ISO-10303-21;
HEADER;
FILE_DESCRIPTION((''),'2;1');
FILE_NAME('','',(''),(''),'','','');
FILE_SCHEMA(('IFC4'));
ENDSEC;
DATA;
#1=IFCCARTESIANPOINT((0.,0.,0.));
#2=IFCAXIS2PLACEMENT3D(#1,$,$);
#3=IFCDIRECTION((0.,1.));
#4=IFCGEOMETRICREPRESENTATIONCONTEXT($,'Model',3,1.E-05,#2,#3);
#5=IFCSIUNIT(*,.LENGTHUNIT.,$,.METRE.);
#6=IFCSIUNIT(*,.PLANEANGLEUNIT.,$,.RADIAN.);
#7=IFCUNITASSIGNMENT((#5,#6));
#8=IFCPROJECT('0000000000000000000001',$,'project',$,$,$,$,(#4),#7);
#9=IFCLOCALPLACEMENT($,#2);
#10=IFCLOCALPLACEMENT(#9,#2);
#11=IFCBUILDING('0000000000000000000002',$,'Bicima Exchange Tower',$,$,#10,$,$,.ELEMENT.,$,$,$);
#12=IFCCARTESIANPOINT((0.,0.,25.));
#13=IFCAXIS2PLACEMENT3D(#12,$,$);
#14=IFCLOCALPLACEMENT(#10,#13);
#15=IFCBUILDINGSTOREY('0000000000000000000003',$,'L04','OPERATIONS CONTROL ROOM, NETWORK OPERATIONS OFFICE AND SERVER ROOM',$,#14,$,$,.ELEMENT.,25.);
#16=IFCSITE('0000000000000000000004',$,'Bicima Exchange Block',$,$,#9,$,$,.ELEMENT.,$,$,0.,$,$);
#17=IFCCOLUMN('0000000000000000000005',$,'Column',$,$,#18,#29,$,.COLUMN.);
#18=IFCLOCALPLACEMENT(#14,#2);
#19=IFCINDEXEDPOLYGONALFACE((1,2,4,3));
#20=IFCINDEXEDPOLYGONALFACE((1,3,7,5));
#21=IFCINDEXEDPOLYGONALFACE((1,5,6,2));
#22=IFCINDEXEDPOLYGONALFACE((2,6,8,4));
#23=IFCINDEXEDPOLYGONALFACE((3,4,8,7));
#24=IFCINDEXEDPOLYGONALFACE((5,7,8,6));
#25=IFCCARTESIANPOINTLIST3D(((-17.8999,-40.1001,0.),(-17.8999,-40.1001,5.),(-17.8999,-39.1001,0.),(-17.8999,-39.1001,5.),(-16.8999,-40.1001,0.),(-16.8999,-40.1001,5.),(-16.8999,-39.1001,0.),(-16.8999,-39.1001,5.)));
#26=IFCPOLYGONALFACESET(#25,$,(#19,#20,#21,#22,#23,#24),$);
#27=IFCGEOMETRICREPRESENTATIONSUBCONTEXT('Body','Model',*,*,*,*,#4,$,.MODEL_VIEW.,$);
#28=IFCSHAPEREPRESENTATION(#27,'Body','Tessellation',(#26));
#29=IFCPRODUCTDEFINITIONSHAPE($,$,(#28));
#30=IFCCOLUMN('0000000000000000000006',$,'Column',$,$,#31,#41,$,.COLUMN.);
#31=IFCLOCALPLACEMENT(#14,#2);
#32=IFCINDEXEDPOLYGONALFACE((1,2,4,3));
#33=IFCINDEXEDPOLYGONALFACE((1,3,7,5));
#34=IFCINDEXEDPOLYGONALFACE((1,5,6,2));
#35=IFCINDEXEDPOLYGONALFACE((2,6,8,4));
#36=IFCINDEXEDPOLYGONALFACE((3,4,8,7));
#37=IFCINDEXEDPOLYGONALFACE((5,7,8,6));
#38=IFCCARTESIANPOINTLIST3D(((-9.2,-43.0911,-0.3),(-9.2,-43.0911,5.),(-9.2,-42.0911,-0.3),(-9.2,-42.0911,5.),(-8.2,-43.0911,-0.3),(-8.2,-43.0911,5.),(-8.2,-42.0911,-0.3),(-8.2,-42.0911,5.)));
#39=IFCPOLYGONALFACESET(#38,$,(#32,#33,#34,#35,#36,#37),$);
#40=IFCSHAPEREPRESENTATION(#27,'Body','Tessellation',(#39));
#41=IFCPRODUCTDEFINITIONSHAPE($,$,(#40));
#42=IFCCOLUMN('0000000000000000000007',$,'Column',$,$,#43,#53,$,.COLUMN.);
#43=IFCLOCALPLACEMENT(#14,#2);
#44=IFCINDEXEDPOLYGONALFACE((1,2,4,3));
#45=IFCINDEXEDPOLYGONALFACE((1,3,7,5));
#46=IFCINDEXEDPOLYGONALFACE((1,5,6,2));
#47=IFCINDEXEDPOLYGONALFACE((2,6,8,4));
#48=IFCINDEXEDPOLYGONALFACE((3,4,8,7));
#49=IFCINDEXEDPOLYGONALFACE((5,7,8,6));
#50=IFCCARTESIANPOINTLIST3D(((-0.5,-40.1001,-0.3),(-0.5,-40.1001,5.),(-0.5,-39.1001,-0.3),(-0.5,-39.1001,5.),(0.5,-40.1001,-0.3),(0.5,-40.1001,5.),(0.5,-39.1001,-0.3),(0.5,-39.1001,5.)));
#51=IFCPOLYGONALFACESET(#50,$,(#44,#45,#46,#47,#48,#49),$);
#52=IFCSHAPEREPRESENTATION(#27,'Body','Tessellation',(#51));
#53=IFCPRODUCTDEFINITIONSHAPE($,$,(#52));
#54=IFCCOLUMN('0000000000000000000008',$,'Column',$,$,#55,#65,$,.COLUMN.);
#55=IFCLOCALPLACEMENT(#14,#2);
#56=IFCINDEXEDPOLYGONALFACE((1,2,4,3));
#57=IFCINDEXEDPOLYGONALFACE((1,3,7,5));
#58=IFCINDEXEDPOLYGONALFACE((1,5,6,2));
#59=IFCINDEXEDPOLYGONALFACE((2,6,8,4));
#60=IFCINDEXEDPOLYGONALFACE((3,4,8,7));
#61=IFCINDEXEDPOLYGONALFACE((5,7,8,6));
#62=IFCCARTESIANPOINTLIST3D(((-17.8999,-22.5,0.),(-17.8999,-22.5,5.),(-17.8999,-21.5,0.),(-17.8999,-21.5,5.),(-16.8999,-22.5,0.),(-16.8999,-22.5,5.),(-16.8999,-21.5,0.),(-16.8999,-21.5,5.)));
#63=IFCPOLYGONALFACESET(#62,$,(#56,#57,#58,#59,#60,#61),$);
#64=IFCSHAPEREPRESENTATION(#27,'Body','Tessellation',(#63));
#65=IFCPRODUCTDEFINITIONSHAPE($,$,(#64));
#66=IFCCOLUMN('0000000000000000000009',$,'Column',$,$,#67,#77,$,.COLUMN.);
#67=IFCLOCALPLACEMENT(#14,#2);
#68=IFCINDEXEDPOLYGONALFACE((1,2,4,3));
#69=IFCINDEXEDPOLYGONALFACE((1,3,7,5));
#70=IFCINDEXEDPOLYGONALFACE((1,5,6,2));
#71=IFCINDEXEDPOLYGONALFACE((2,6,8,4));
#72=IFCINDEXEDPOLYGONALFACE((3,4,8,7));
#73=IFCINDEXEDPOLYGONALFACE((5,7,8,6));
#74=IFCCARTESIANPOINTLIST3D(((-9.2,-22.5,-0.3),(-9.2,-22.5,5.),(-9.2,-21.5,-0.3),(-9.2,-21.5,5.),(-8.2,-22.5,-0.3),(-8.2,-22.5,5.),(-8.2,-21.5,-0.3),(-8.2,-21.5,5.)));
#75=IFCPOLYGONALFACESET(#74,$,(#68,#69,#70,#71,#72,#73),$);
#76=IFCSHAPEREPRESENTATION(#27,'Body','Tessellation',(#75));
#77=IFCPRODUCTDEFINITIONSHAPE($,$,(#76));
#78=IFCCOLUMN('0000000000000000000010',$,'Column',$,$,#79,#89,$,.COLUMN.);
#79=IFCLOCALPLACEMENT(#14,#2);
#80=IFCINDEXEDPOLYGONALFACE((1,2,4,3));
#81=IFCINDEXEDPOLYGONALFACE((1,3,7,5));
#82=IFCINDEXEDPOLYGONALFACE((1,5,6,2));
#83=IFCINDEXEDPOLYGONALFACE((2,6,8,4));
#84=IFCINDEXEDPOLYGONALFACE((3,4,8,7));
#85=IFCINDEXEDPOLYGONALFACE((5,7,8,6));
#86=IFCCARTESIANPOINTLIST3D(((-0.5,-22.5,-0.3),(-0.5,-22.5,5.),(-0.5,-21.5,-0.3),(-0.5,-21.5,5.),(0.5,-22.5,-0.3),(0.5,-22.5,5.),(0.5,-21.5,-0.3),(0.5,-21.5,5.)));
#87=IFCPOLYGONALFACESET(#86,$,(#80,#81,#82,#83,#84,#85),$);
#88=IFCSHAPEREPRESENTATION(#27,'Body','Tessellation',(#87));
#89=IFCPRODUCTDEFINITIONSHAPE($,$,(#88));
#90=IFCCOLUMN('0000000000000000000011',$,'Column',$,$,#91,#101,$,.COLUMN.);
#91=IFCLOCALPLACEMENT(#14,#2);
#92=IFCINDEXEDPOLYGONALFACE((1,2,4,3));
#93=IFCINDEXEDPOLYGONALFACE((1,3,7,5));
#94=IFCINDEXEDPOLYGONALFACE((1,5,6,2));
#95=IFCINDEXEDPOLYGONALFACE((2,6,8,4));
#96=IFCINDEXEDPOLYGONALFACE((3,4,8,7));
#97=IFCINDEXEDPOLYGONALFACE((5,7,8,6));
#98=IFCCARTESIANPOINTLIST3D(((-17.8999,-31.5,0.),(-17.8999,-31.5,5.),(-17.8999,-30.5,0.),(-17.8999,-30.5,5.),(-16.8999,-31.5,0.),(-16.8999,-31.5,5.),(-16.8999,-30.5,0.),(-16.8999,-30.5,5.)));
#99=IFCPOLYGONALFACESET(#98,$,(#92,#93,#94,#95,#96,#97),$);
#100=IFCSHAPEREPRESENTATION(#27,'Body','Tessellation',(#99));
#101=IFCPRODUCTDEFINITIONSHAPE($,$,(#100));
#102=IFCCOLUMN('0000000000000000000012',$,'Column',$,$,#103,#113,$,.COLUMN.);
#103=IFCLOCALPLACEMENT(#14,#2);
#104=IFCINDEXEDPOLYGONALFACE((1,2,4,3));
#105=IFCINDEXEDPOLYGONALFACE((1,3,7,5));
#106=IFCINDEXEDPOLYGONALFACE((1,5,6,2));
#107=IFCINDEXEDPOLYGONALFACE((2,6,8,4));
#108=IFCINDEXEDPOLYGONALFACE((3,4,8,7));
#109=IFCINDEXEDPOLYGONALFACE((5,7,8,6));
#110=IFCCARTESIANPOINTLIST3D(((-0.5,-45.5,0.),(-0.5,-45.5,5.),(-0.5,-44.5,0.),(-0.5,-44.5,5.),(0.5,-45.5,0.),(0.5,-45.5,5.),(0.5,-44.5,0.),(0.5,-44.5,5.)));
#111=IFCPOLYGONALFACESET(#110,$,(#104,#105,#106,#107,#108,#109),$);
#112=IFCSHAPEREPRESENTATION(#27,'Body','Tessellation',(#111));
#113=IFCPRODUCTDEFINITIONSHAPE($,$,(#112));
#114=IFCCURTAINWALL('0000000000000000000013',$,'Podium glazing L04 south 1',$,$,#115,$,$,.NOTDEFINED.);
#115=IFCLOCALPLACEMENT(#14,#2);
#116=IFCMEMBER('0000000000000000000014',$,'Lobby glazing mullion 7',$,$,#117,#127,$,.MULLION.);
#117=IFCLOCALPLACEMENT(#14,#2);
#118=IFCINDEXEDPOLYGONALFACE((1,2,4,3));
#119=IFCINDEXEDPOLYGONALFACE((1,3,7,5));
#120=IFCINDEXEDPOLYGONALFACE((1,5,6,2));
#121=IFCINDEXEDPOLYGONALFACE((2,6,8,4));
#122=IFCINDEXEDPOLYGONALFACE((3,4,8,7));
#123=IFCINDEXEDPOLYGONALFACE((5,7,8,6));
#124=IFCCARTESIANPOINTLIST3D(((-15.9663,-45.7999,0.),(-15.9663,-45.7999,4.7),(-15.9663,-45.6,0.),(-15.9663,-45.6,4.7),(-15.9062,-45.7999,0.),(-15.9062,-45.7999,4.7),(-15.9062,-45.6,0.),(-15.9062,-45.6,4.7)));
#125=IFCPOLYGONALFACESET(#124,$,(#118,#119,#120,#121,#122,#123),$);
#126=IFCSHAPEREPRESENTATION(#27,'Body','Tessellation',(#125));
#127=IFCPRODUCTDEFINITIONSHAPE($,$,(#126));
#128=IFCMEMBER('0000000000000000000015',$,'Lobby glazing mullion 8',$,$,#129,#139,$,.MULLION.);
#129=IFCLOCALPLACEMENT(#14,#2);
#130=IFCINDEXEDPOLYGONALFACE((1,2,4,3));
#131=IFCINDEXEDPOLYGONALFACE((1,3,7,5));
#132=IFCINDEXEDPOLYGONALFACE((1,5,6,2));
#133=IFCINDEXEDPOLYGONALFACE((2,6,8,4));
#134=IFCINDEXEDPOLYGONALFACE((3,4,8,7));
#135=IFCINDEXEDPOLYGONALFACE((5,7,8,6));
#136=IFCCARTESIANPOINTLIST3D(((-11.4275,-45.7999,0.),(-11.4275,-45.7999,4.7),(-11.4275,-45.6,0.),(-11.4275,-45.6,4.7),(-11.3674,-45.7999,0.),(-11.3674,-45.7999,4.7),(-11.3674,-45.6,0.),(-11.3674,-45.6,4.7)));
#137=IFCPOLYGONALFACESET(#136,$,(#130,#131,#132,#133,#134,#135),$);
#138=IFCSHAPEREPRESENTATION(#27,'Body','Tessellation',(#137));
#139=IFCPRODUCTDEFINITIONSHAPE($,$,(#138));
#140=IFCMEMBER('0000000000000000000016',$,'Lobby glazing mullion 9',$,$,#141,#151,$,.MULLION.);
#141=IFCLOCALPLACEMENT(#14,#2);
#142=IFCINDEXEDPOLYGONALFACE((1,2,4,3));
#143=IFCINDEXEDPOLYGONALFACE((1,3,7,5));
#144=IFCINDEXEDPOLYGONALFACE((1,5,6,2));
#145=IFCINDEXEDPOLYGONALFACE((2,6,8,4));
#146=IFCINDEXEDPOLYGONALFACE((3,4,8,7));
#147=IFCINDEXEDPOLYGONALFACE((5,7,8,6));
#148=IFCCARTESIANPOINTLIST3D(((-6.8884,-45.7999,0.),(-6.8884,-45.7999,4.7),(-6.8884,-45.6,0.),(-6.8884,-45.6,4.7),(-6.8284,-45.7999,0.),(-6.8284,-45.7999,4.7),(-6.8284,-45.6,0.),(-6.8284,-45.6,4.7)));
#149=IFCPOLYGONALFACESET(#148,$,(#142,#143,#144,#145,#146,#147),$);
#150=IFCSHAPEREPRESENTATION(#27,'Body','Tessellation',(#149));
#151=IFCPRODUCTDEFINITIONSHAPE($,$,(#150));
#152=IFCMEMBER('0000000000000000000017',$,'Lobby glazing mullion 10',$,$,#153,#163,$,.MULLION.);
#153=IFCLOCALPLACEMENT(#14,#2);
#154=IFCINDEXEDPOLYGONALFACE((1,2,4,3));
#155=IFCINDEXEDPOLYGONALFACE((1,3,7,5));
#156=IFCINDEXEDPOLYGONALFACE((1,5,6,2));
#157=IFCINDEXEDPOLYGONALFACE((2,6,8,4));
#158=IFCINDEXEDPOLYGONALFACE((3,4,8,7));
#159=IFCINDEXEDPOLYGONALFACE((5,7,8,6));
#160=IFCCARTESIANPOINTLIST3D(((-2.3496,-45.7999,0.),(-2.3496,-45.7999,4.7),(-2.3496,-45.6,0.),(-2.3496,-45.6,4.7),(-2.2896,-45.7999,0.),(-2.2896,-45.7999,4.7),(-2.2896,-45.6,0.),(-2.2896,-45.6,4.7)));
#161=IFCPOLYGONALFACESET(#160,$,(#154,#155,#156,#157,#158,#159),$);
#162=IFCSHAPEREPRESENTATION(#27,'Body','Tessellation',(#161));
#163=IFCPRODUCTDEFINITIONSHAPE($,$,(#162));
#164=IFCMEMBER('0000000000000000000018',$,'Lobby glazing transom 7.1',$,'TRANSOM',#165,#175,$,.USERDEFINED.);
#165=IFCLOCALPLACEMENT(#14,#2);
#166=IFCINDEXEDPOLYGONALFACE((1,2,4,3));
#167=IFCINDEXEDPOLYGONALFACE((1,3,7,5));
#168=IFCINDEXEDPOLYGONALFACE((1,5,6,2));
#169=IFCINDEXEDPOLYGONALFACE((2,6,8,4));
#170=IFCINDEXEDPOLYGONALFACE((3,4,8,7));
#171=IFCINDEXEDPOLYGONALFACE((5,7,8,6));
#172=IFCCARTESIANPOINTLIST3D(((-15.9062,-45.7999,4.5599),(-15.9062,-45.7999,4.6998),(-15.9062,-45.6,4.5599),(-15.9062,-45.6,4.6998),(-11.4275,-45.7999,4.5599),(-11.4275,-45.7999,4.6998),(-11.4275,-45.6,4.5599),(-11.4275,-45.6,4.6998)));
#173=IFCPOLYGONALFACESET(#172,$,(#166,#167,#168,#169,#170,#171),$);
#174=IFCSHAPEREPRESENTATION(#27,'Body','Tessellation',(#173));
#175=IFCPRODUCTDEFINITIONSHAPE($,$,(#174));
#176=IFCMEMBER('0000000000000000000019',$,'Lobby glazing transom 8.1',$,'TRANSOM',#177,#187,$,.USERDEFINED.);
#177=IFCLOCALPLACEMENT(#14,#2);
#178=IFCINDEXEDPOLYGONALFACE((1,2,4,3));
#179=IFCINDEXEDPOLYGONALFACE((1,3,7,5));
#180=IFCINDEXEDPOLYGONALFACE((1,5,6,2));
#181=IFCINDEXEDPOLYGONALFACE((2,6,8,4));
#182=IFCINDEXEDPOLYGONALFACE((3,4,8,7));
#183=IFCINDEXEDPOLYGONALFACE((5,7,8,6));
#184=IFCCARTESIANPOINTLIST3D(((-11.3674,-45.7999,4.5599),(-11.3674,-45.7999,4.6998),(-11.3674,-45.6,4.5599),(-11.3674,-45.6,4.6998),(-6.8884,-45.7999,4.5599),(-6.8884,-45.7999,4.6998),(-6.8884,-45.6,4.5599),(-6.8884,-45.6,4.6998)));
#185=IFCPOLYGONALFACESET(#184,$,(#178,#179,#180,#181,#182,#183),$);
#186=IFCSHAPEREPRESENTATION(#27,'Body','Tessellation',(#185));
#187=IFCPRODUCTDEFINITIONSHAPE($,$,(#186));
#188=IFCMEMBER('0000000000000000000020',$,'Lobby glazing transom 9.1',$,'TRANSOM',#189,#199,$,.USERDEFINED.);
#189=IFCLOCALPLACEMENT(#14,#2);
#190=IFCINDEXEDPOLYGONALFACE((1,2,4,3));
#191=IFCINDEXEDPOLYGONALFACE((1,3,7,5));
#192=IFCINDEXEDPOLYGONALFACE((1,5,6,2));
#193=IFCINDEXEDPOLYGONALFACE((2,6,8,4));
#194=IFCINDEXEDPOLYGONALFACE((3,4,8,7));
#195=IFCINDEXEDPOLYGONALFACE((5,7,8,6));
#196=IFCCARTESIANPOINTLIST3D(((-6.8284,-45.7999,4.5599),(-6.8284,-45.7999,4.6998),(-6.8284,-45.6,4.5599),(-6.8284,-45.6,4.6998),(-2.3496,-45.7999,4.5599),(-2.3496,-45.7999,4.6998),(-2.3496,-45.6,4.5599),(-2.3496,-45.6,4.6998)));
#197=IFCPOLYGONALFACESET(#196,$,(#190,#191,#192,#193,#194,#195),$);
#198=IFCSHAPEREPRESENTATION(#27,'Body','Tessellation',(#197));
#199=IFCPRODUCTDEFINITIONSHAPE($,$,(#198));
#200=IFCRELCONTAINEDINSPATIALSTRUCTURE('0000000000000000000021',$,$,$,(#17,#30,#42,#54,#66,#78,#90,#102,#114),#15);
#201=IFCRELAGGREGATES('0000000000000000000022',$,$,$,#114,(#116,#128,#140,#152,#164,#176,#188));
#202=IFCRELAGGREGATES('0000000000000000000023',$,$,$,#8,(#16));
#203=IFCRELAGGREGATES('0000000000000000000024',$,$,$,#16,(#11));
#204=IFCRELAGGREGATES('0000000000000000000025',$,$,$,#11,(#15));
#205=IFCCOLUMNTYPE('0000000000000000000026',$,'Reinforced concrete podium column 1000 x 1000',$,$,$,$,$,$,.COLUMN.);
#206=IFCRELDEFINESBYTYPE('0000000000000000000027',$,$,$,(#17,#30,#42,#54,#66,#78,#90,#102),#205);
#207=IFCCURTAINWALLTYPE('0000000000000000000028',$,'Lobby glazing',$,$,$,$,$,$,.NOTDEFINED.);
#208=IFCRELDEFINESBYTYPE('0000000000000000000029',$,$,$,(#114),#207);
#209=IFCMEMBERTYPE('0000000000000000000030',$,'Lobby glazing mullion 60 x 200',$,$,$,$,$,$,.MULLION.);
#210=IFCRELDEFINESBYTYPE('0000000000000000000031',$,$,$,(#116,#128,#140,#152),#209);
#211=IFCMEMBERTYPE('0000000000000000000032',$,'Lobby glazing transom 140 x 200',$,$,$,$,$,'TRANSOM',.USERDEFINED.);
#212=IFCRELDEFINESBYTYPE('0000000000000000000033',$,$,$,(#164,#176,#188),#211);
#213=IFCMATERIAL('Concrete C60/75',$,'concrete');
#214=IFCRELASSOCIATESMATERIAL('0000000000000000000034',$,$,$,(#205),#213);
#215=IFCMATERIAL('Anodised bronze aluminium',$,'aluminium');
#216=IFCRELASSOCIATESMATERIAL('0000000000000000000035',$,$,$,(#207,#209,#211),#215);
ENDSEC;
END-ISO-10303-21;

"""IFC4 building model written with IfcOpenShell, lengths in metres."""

from ifc_helpers import new_model, si_unit, direction, frame, origin, origin_2d, place, context, subcontext, project, spatial, rectangle, extrude, material, material_profile, profile_set, type_object, element, aggregate, save


model = new_model("IFC4")

# Units and contexts
model_context = context("Model", 3, precision=1e-05, world=origin(), true_north=direction((0.0, 1.0)))
body_context = subcontext(model_context, "Body", "Model", "MODEL_VIEW")
ifc_project = project(units=[si_unit("LENGTHUNIT", "METRE"), si_unit("PLANEANGLEUNIT", "RADIAN")], contexts=[model_context])

# Site, building, storey
site_placement = place(None, origin())
site = spatial("IfcSite", under=ifc_project, at=site_placement, Name="Bicima Exchange Block", CompositionType="ELEMENT", RefElevation=0.0)
building_placement = place(site_placement, origin())
building = spatial("IfcBuilding", under=site, at=building_placement, Name="Bicima Exchange Tower", CompositionType="ELEMENT")
storey_placement = place(building_placement, frame((0.0, 0.0, 25.0)))
storey = spatial("IfcBuildingStorey", under=building, at=storey_placement, Name="L04", Description="OPERATIONS CONTROL ROOM, NETWORK OPERATIONS OFFICE AND SERVER ROOM", CompositionType="ELEMENT", Elevation=25.0)

# Columns
ifc_material_1 = material(Name="Concrete C60/75", Category="concrete")
ifc_material_profile_1 = material_profile(ifc_material_1, rectangle(XDim=1.0, YDim=1.0, at=origin_2d()))
ifc_profile_set_1 = profile_set([ifc_material_profile_1], Name="Concrete C60/75")
column_type = type_object("IfcColumnType", Name="Reinforced concrete podium column 1000 x 1000", PredefinedType="COLUMN", material=ifc_profile_set_1)
column_1_placement = place(storey_placement, frame((-17.3999, -39.6001, 0.0), z_axis=(0.0, 0.0, 1.0), x_axis=(1.0, 0.0, 0.0)))
element("IfcColumn", 1, at=column_1_placement, inside=storey, type_object=column_type, Name="Column", PredefinedType="COLUMN", context=body_context, shape_type="SweptSolid", body=[
    extrude(rectangle(XDim=1.0, YDim=1.0, at=origin_2d()), origin(), (0.0, 0.0, 1.0), 5.0),
])
for number, where, z_axis, x_axis, name in (
    (2, (-8.7, -42.5911, -0.3), (0.0, 0.0, 1.0), (1.0, 0.0, 0.0), "Column"),
    (3, (0.0, -39.6001, -0.3), (0.0, 0.0, 1.0), (1.0, 0.0, 0.0), "Column"),
):
    element("IfcColumn", number, at=place(storey_placement, frame(where, z_axis=z_axis, x_axis=x_axis)), inside=storey, type_object=column_type, Name=name, PredefinedType="COLUMN", context=body_context, shape_type="SweptSolid", body=[
        extrude(rectangle(XDim=1.0, YDim=1.0, at=origin_2d()), origin(), (0.0, 0.0, 1.0), 5.3),
    ])
column_2_placement = place(storey_placement, frame((-17.3999, -22.0, 0.0), z_axis=(0.0, 0.0, 1.0), x_axis=(1.0, 0.0, 0.0)))
element("IfcColumn", 4, at=column_2_placement, inside=storey, type_object=column_type, Name="Column", PredefinedType="COLUMN", context=body_context, shape_type="SweptSolid", body=[
    extrude(rectangle(XDim=1.0, YDim=1.0, at=origin_2d()), origin(), (0.0, 0.0, 1.0), 5.0),
])
for number, where, z_axis, x_axis, name in (
    (5, (-8.7, -22.0, -0.3), (0.0, 0.0, 1.0), (1.0, 0.0, 0.0), "Column"),
    (6, (0.0, -22.0, -0.3), (0.0, 0.0, 1.0), (1.0, 0.0, 0.0), "Column"),
):
    element("IfcColumn", number, at=place(storey_placement, frame(where, z_axis=z_axis, x_axis=x_axis)), inside=storey, type_object=column_type, Name=name, PredefinedType="COLUMN", context=body_context, shape_type="SweptSolid", body=[
        extrude(rectangle(XDim=1.0, YDim=1.0, at=origin_2d()), origin(), (0.0, 0.0, 1.0), 5.3),
    ])
for number, where, z_axis, x_axis, name in (
    (7, (-17.3999, -31.0, 0.0), (0.0, 0.0, 1.0), (1.0, 0.0, 0.0), "Column"),
    (8, (0.0, -45.0, 0.0), (0.0, 0.0, 1.0), (1.0, 0.0, 0.0), "Column"),
):
    element("IfcColumn", number, at=place(storey_placement, frame(where, z_axis=z_axis, x_axis=x_axis)), inside=storey, type_object=column_type, Name=name, PredefinedType="COLUMN", context=body_context, shape_type="SweptSolid", body=[
        extrude(rectangle(XDim=1.0, YDim=1.0, at=origin_2d()), origin(), (0.0, 0.0, 1.0), 5.0),
    ])

# Curtain wall, members
ifc_material_2 = material(Name="Anodised bronze aluminium", Category="aluminium")
curtain_wall_type = type_object("IfcCurtainWallType", Name="Lobby glazing", PredefinedType="NOTDEFINED", material=ifc_material_2)
curtain_wall_placement = place(storey_placement, origin())
curtain_wall = element("IfcCurtainWall", 9, at=curtain_wall_placement, inside=storey, type_object=curtain_wall_type, Name="Podium glazing L04 south 1", PredefinedType="NOTDEFINED")
ifc_material_profile_2 = material_profile(ifc_material_2, rectangle(XDim=0.2, YDim=0.0601, at=origin_2d()))
ifc_profile_set_2 = profile_set([ifc_material_profile_2], Name="Anodised bronze aluminium")
member_type_1 = type_object("IfcMemberType", Name="Lobby glazing mullion 60 x 200", PredefinedType="MULLION", material=ifc_profile_set_2)
member_1_placement = place(storey_placement, frame((-15.9363, -45.7, 0.0), z_axis=(0.0, 0.0, 1.0), x_axis=(0.0, 1.0, 0.0)))
member_1 = element("IfcMember", 10, at=member_1_placement, type_object=member_type_1, Name="Lobby glazing mullion 7", PredefinedType="MULLION", context=body_context, shape_type="SweptSolid", body=[
    extrude(rectangle(XDim=0.2, YDim=0.0601, at=origin_2d()), origin(), (0.0, 0.0, 1.0), 4.7),
])
member_2_placement = place(storey_placement, frame((-11.3975, -45.7, 0.0), z_axis=(0.0, 0.0, 1.0), x_axis=(0.0, 1.0, 0.0)))
member_2 = element("IfcMember", 11, at=member_2_placement, type_object=member_type_1, Name="Lobby glazing mullion 8", PredefinedType="MULLION", context=body_context, shape_type="SweptSolid", body=[
    extrude(rectangle(XDim=0.2, YDim=0.0601, at=origin_2d()), origin(), (0.0, 0.0, 1.0), 4.7),
])
member_3_placement = place(storey_placement, frame((-6.8584, -45.7, 0.0), z_axis=(0.0, 0.0, 1.0), x_axis=(0.0, 1.0, 0.0)))
member_3 = element("IfcMember", 12, at=member_3_placement, type_object=member_type_1, Name="Lobby glazing mullion 9", PredefinedType="MULLION", context=body_context, shape_type="SweptSolid", body=[
    extrude(rectangle(XDim=0.2, YDim=0.0601, at=origin_2d()), origin(), (0.0, 0.0, 1.0), 4.7),
])
member_4_placement = place(storey_placement, frame((-2.3196, -45.7, 0.0), z_axis=(0.0, 0.0, 1.0), x_axis=(0.0, 1.0, 0.0)))
member_4 = element("IfcMember", 13, at=member_4_placement, type_object=member_type_1, Name="Lobby glazing mullion 10", PredefinedType="MULLION", context=body_context, shape_type="SweptSolid", body=[
    extrude(rectangle(XDim=0.2, YDim=0.0601, at=origin_2d()), origin(), (0.0, 0.0, 1.0), 4.7),
])
ifc_material_profile_3 = material_profile(ifc_material_2, rectangle(XDim=0.2, YDim=0.1399, at=origin_2d()))
ifc_profile_set_3 = profile_set([ifc_material_profile_3], Name="Anodised bronze aluminium")
member_type_2 = type_object("IfcMemberType", Name="Lobby glazing transom 140 x 200", ElementType="TRANSOM", PredefinedType="USERDEFINED", material=ifc_profile_set_3)
member_5_placement = place(storey_placement, frame((-15.9062, -45.7, 4.6299), z_axis=(1.0, 0.0, 0.0), x_axis=(0.0, 1.0, 0.0)))
member_5 = element("IfcMember", 14, at=member_5_placement, type_object=member_type_2, Name="Lobby glazing transom 7.1", ObjectType="TRANSOM", PredefinedType="USERDEFINED", context=body_context, shape_type="SweptSolid", body=[
    extrude(rectangle(XDim=0.2, YDim=0.1399, at=origin_2d()), origin(), (0.0, 0.0, 1.0), 4.4788),
])
member_6_placement = place(storey_placement, frame((-11.3674, -45.7, 4.6299), z_axis=(1.0, 0.0, 0.0), x_axis=(0.0, 1.0, 0.0)))
member_6 = element("IfcMember", 15, at=member_6_placement, type_object=member_type_2, Name="Lobby glazing transom 8.1", ObjectType="TRANSOM", PredefinedType="USERDEFINED", context=body_context, shape_type="SweptSolid", body=[
    extrude(rectangle(XDim=0.2, YDim=0.1399, at=origin_2d()), origin(), (0.0, 0.0, 1.0), 4.479),
])
member_7_placement = place(storey_placement, frame((-6.8284, -45.7, 4.6299), z_axis=(1.0, 0.0, 0.0), x_axis=(0.0, 1.0, 0.0)))
member_7 = element("IfcMember", 16, at=member_7_placement, type_object=member_type_2, Name="Lobby glazing transom 9.1", ObjectType="TRANSOM", PredefinedType="USERDEFINED", context=body_context, shape_type="SweptSolid", body=[
    extrude(rectangle(XDim=0.2, YDim=0.1399, at=origin_2d()), origin(), (0.0, 0.0, 1.0), 4.4788),
])
aggregate(curtain_wall, [member_1, member_2, member_3, member_4, member_5, member_6, member_7])

save(model, "model.ifc")
